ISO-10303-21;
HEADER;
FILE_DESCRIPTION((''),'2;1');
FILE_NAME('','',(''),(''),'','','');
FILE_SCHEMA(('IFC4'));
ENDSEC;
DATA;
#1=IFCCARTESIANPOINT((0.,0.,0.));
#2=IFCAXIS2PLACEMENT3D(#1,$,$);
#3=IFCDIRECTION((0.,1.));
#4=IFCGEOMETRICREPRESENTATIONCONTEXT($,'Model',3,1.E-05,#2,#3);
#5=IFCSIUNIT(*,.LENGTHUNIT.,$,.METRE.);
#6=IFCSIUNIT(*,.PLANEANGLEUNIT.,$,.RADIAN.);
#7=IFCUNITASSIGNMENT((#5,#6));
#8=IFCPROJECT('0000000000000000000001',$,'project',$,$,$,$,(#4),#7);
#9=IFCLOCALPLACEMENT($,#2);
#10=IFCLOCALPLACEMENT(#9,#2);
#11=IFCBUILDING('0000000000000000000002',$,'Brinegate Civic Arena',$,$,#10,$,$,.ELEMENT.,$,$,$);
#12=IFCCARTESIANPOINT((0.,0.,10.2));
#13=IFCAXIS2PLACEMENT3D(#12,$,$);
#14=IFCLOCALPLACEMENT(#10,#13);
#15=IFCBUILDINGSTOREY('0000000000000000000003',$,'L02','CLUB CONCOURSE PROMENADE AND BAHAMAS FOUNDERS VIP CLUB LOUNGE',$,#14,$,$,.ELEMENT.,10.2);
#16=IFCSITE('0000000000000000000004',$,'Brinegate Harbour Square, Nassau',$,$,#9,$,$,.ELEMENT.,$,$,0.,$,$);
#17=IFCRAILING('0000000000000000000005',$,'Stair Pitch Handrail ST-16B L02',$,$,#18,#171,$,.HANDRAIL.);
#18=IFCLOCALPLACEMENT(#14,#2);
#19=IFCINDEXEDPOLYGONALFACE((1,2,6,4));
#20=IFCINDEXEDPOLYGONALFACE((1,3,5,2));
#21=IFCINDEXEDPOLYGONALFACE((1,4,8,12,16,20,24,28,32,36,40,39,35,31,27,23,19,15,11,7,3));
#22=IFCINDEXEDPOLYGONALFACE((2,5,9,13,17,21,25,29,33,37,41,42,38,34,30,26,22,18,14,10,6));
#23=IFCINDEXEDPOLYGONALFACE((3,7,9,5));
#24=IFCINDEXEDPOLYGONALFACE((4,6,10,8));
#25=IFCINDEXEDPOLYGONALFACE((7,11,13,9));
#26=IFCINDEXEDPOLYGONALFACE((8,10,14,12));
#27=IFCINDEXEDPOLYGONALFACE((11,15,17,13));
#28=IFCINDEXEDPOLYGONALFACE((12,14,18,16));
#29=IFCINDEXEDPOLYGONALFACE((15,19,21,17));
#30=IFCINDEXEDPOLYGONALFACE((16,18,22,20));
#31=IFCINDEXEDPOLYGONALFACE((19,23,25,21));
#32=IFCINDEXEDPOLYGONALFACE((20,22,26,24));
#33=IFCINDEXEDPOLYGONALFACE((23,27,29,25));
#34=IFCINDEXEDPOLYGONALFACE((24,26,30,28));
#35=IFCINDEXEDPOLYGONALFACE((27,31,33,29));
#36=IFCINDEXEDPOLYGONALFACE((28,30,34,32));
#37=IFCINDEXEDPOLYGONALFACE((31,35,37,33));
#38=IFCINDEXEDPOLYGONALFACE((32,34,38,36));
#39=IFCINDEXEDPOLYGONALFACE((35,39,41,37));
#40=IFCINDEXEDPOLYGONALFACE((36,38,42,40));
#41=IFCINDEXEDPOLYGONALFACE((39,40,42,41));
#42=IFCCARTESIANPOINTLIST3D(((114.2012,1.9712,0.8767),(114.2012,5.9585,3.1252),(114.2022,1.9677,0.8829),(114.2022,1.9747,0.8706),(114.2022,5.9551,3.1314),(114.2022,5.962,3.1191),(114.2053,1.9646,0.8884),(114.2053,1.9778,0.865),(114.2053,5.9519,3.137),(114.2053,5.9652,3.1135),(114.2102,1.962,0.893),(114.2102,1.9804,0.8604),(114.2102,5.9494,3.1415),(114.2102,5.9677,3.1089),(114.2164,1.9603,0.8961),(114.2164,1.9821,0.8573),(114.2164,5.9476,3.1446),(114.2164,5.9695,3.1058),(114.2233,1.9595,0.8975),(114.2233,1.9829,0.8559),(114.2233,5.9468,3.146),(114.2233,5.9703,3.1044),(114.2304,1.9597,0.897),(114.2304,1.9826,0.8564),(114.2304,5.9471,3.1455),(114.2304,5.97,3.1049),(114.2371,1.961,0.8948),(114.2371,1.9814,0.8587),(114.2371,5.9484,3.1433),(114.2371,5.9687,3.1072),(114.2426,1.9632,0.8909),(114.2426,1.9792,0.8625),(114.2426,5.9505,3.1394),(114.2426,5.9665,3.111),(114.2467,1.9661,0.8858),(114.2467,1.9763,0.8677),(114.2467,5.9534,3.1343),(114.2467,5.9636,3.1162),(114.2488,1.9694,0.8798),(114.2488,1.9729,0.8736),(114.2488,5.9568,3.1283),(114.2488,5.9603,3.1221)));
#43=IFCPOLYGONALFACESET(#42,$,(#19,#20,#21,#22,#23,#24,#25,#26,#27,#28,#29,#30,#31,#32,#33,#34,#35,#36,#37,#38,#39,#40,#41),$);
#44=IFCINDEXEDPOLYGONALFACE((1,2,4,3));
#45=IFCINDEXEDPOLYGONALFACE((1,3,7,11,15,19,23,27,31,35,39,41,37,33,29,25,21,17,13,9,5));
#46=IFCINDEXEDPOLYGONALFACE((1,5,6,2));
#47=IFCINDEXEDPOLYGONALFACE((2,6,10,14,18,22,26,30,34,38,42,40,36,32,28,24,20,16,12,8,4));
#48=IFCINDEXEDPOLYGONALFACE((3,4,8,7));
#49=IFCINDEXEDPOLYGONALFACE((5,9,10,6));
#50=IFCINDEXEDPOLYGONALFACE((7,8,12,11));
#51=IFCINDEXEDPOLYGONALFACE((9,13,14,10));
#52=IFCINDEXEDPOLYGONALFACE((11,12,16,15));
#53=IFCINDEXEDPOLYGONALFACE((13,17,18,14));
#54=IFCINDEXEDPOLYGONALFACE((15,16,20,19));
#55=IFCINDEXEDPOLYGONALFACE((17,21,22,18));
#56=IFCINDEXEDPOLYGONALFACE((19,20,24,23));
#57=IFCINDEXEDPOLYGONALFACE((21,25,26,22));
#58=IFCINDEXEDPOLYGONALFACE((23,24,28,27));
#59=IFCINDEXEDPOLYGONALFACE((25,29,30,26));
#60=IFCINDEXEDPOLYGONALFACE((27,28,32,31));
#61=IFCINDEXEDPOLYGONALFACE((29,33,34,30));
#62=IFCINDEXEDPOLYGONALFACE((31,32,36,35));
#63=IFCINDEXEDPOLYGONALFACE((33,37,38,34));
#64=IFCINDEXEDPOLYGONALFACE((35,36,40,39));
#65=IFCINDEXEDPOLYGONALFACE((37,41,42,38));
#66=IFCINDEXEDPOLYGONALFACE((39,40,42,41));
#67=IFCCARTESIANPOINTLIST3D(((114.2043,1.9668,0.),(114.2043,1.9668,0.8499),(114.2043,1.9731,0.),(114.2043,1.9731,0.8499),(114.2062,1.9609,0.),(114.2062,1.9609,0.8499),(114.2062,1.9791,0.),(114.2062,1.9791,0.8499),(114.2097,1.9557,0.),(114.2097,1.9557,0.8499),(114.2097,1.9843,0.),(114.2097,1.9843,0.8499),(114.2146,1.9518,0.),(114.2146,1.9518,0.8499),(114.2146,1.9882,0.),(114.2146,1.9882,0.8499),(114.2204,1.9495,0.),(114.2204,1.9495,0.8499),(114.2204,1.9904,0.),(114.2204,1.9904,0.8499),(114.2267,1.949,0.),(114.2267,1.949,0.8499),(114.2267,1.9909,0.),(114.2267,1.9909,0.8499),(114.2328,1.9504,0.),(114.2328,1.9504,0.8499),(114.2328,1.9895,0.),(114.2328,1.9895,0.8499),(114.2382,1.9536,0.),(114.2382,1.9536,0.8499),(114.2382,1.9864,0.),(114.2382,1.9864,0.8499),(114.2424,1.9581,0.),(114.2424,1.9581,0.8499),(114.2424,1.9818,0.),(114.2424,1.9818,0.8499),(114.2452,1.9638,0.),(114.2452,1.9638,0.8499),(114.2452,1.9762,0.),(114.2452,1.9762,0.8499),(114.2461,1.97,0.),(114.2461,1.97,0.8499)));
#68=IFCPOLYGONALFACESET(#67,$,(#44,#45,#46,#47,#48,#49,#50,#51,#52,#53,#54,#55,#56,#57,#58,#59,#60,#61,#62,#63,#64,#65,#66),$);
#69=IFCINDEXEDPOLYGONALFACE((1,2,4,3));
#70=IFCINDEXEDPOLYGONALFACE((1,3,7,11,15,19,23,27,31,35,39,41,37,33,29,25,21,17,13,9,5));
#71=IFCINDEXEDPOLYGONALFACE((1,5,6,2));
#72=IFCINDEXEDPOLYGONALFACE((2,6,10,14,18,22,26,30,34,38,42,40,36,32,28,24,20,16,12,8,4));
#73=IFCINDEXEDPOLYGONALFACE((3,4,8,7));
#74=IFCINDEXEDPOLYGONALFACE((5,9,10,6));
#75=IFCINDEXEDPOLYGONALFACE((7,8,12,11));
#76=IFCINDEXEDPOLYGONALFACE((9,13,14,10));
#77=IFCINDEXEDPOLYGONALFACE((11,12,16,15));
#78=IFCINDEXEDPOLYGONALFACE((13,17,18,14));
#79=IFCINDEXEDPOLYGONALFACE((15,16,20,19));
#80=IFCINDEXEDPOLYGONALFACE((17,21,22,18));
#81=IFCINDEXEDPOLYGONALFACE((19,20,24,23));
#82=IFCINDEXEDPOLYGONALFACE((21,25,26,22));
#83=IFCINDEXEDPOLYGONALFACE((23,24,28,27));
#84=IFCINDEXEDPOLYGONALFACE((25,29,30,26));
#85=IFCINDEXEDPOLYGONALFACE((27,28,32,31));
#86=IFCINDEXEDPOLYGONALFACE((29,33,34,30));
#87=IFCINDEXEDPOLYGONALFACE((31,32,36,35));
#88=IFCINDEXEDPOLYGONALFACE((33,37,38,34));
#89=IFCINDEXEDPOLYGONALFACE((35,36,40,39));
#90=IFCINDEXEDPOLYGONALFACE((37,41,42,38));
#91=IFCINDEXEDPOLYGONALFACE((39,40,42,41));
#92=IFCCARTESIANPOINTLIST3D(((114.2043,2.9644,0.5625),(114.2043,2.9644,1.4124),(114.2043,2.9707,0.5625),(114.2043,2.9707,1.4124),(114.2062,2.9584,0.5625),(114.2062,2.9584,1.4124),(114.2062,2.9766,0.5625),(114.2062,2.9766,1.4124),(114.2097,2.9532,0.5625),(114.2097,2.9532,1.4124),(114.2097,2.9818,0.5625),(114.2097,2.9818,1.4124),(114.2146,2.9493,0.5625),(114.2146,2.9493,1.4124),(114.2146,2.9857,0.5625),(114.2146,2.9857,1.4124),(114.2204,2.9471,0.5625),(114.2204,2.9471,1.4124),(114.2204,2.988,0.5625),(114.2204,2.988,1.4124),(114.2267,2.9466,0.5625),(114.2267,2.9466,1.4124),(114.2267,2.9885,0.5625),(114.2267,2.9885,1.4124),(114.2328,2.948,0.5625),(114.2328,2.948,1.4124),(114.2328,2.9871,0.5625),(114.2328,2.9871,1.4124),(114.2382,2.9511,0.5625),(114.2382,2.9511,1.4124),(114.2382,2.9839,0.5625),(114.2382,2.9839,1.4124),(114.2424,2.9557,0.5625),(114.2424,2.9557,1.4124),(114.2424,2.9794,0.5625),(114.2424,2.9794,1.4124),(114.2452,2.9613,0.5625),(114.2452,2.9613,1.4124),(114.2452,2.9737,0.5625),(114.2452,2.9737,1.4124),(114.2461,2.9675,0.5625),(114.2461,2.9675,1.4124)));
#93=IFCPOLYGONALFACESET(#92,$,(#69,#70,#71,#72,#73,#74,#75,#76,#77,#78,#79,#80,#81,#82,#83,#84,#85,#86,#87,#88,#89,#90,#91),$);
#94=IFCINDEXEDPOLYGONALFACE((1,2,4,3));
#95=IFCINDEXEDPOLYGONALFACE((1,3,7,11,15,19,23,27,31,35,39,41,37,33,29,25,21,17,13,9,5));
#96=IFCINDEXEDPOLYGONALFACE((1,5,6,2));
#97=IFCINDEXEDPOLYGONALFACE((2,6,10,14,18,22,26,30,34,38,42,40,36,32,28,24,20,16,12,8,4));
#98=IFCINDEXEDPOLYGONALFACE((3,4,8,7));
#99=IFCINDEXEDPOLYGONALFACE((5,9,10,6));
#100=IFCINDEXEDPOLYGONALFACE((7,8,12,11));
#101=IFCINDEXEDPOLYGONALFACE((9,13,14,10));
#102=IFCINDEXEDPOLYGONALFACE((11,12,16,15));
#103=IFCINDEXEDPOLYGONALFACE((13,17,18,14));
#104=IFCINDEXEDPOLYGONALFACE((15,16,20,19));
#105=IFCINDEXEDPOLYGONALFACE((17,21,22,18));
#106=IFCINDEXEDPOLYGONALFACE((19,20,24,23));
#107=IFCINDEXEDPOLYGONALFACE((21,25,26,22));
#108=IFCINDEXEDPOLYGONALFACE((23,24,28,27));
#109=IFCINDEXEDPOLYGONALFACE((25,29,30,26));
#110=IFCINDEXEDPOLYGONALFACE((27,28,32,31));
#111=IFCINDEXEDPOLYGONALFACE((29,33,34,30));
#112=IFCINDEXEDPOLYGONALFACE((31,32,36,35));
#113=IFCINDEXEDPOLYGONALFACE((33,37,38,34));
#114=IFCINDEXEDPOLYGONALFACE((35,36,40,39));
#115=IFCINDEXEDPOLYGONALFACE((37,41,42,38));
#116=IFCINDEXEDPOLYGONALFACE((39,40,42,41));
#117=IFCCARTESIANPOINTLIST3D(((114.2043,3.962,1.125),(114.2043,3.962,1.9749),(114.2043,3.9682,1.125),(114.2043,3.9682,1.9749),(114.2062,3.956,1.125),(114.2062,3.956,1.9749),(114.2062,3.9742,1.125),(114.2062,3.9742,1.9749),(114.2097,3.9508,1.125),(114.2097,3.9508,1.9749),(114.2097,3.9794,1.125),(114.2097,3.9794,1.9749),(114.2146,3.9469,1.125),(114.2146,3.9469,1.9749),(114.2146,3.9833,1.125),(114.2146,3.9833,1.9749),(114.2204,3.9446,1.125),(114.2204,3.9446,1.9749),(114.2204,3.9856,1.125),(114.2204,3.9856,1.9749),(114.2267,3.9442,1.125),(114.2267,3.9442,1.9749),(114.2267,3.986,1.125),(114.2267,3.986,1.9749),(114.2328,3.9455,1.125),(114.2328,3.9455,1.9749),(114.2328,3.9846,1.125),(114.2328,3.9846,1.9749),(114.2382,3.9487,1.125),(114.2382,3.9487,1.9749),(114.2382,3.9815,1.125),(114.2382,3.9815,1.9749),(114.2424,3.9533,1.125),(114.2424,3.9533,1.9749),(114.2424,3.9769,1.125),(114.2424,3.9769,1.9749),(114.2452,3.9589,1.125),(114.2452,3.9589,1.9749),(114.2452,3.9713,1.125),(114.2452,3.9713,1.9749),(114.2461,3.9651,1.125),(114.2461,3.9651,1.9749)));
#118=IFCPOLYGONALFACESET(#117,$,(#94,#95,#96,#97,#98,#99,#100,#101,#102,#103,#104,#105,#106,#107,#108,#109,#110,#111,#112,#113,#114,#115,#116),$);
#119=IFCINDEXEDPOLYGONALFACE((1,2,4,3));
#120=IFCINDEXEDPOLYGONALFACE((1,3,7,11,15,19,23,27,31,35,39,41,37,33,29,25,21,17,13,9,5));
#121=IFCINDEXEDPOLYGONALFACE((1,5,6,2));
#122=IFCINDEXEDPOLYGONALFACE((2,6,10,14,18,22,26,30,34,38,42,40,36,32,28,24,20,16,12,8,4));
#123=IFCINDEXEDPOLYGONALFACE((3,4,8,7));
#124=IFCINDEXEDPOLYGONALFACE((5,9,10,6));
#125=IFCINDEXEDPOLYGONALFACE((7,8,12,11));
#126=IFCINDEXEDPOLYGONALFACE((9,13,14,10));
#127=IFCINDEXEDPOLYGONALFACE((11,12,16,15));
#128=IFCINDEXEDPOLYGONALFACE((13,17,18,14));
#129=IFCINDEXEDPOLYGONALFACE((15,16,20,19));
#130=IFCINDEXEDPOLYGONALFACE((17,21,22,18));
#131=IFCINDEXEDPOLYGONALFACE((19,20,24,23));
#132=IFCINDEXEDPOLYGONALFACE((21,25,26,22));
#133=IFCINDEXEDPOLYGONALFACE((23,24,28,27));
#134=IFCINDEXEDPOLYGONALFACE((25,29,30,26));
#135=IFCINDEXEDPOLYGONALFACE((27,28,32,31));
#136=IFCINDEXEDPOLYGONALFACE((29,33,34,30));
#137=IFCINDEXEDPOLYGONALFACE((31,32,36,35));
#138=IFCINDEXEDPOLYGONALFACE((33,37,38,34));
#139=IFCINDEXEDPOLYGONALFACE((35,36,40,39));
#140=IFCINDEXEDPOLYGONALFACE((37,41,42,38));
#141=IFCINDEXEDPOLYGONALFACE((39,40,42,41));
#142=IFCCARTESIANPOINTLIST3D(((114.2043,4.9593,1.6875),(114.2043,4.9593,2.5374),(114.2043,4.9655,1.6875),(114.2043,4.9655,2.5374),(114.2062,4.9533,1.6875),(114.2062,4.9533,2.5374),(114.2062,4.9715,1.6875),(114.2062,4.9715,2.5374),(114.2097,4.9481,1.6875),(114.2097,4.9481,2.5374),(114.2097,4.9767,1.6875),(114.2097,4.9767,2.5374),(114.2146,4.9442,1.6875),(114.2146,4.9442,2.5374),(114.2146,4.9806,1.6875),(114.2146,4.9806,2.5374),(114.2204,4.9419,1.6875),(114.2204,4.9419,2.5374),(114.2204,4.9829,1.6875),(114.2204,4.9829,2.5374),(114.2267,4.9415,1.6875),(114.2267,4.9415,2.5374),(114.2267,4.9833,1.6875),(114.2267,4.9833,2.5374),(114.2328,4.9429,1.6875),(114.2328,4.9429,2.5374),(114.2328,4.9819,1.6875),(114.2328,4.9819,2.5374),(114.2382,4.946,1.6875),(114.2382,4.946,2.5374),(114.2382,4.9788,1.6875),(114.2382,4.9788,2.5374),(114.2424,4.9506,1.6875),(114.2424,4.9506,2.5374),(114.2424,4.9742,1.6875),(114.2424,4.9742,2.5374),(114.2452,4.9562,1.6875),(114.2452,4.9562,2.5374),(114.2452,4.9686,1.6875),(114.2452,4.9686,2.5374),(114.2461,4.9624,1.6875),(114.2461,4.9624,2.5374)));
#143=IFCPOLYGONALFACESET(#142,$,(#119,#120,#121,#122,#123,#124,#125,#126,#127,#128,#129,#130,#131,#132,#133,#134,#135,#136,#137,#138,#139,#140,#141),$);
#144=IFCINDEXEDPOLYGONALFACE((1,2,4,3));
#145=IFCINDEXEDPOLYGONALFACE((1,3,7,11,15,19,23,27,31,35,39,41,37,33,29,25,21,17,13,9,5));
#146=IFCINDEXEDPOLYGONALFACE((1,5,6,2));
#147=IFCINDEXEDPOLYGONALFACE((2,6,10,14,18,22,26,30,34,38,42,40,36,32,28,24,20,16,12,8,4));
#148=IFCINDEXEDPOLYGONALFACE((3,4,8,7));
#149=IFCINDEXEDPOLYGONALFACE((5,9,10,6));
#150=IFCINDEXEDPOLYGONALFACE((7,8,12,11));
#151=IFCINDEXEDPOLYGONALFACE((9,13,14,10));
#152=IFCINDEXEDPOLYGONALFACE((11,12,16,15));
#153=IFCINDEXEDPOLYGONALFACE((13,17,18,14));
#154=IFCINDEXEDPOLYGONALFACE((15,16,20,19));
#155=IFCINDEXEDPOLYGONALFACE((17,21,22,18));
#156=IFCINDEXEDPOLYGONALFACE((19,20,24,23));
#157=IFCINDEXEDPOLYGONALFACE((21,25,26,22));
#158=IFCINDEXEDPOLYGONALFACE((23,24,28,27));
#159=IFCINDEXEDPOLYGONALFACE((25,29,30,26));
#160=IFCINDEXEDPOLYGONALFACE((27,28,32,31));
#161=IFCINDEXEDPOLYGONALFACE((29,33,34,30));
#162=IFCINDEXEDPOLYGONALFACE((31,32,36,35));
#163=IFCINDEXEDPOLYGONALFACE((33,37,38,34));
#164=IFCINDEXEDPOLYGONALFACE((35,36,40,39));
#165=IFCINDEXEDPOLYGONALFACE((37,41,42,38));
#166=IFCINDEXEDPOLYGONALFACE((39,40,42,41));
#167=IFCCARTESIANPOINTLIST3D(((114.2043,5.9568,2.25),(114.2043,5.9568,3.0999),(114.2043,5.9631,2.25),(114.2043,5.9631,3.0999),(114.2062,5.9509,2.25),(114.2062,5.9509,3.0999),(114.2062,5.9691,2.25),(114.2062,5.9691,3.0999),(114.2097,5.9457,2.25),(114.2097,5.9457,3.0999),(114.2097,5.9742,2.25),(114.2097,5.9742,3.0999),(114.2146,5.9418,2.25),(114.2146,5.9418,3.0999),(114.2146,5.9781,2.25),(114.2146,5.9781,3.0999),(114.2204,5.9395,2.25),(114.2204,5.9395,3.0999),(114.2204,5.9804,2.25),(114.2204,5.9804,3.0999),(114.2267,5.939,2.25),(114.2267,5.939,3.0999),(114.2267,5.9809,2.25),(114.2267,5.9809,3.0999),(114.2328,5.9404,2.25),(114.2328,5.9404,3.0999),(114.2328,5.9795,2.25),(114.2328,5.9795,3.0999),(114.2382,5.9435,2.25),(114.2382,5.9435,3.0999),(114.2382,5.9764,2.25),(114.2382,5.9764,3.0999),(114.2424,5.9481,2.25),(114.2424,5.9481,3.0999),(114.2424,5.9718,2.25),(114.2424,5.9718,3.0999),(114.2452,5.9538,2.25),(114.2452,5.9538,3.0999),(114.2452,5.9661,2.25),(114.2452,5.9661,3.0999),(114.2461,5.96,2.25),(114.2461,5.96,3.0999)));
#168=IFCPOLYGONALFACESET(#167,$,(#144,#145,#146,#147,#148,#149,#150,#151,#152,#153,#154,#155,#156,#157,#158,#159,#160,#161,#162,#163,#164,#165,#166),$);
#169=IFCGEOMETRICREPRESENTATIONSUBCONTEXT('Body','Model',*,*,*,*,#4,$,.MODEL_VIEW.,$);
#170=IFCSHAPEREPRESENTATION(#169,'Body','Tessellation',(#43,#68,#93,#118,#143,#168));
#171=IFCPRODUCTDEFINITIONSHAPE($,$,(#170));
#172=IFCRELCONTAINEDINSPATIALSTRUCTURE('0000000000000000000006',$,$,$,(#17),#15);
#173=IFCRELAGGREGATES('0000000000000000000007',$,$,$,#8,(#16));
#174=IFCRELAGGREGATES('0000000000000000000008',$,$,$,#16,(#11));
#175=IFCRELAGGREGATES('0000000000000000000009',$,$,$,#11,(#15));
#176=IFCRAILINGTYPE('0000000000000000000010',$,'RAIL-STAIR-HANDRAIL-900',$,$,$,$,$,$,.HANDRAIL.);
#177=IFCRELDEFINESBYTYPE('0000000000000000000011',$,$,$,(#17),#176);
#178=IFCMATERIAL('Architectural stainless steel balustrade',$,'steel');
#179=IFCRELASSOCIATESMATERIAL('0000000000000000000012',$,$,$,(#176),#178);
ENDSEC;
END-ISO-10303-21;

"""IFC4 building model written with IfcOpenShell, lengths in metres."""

from ifc_helpers import new_model, si_unit, direction, frame, origin, origin_2d, place, context, subcontext, project, spatial, circle, extrude, material, type_object, element, save


model = new_model("IFC4")

# Units and contexts
model_context = context("Model", 3, precision=1e-05, world=origin(), true_north=direction((0.0, 1.0)))
body_context = subcontext(model_context, "Body", "Model", "MODEL_VIEW")
ifc_project = project(units=[si_unit("LENGTHUNIT", "METRE"), si_unit("PLANEANGLEUNIT", "RADIAN")], contexts=[model_context])

# Site, building, storey
site_placement = place(None, origin())
site = spatial("IfcSite", under=ifc_project, at=site_placement, Name="Brinegate Harbour Square, Nassau", CompositionType="ELEMENT", RefElevation=0.0)
building_placement = place(site_placement, origin())
building = spatial("IfcBuilding", under=site, at=building_placement, Name="Brinegate Civic Arena", CompositionType="ELEMENT")
storey_placement = place(building_placement, frame((0.0, 0.0, 10.2)))
storey = spatial("IfcBuildingStorey", under=building, at=storey_placement, Name="L02", Description="CLUB CONCOURSE PROMENADE AND BAHAMAS FOUNDERS VIP CLUB LOUNGE", CompositionType="ELEMENT", Elevation=10.2)

# Railing
ifc_material_1 = material(Name="Architectural stainless steel balustrade", Category="steel")
railing_type_1 = type_object("IfcRailingType", Name="RAIL-STAIR-HANDRAIL-900", PredefinedType="HANDRAIL", material=ifc_material_1)
for number, where, name in (
    (1, (114.2251, 1.97, 0.0), "Stair Pitch Handrail ST-16B L02"),
):
    element("IfcRailing", number, at=place(storey_placement, frame(where)), inside=storey, type_object=railing_type_1, Name=name, PredefinedType="HANDRAIL", context=body_context, shape_type="SweptSolid", body=[
        extrude(circle(Radius=0.0239, at=origin_2d()), frame((0.0, 0.0012, 0.8767), z_axis=(0.0, 0.87105, 0.491195), x_axis=(-1.0, 0.0, 0.0)), (0.0, 0.0, 1.0), 4.5776),
        extrude(circle(Radius=0.021, at=origin_2d()), origin(), (0.0, 0.0, 1.0), 0.8499),
        extrude(circle(Radius=0.021, at=origin_2d()), frame((0.0, 0.9976, 0.5625)), (0.0, 0.0, 1.0), 0.8499),
        extrude(circle(Radius=0.021, at=origin_2d()), frame((0.0, 1.9951, 1.125)), (0.0, 0.0, 1.0), 0.8499),
        extrude(circle(Radius=0.021, at=origin_2d()), frame((0.0, 2.9924, 1.6875)), (0.0, 0.0, 1.0), 0.8499),
        extrude(circle(Radius=0.021, at=origin_2d()), frame((0.0, 3.99, 2.25)), (0.0, 0.0, 1.0), 0.8499),
    ])

save(model, "model.ifc")
